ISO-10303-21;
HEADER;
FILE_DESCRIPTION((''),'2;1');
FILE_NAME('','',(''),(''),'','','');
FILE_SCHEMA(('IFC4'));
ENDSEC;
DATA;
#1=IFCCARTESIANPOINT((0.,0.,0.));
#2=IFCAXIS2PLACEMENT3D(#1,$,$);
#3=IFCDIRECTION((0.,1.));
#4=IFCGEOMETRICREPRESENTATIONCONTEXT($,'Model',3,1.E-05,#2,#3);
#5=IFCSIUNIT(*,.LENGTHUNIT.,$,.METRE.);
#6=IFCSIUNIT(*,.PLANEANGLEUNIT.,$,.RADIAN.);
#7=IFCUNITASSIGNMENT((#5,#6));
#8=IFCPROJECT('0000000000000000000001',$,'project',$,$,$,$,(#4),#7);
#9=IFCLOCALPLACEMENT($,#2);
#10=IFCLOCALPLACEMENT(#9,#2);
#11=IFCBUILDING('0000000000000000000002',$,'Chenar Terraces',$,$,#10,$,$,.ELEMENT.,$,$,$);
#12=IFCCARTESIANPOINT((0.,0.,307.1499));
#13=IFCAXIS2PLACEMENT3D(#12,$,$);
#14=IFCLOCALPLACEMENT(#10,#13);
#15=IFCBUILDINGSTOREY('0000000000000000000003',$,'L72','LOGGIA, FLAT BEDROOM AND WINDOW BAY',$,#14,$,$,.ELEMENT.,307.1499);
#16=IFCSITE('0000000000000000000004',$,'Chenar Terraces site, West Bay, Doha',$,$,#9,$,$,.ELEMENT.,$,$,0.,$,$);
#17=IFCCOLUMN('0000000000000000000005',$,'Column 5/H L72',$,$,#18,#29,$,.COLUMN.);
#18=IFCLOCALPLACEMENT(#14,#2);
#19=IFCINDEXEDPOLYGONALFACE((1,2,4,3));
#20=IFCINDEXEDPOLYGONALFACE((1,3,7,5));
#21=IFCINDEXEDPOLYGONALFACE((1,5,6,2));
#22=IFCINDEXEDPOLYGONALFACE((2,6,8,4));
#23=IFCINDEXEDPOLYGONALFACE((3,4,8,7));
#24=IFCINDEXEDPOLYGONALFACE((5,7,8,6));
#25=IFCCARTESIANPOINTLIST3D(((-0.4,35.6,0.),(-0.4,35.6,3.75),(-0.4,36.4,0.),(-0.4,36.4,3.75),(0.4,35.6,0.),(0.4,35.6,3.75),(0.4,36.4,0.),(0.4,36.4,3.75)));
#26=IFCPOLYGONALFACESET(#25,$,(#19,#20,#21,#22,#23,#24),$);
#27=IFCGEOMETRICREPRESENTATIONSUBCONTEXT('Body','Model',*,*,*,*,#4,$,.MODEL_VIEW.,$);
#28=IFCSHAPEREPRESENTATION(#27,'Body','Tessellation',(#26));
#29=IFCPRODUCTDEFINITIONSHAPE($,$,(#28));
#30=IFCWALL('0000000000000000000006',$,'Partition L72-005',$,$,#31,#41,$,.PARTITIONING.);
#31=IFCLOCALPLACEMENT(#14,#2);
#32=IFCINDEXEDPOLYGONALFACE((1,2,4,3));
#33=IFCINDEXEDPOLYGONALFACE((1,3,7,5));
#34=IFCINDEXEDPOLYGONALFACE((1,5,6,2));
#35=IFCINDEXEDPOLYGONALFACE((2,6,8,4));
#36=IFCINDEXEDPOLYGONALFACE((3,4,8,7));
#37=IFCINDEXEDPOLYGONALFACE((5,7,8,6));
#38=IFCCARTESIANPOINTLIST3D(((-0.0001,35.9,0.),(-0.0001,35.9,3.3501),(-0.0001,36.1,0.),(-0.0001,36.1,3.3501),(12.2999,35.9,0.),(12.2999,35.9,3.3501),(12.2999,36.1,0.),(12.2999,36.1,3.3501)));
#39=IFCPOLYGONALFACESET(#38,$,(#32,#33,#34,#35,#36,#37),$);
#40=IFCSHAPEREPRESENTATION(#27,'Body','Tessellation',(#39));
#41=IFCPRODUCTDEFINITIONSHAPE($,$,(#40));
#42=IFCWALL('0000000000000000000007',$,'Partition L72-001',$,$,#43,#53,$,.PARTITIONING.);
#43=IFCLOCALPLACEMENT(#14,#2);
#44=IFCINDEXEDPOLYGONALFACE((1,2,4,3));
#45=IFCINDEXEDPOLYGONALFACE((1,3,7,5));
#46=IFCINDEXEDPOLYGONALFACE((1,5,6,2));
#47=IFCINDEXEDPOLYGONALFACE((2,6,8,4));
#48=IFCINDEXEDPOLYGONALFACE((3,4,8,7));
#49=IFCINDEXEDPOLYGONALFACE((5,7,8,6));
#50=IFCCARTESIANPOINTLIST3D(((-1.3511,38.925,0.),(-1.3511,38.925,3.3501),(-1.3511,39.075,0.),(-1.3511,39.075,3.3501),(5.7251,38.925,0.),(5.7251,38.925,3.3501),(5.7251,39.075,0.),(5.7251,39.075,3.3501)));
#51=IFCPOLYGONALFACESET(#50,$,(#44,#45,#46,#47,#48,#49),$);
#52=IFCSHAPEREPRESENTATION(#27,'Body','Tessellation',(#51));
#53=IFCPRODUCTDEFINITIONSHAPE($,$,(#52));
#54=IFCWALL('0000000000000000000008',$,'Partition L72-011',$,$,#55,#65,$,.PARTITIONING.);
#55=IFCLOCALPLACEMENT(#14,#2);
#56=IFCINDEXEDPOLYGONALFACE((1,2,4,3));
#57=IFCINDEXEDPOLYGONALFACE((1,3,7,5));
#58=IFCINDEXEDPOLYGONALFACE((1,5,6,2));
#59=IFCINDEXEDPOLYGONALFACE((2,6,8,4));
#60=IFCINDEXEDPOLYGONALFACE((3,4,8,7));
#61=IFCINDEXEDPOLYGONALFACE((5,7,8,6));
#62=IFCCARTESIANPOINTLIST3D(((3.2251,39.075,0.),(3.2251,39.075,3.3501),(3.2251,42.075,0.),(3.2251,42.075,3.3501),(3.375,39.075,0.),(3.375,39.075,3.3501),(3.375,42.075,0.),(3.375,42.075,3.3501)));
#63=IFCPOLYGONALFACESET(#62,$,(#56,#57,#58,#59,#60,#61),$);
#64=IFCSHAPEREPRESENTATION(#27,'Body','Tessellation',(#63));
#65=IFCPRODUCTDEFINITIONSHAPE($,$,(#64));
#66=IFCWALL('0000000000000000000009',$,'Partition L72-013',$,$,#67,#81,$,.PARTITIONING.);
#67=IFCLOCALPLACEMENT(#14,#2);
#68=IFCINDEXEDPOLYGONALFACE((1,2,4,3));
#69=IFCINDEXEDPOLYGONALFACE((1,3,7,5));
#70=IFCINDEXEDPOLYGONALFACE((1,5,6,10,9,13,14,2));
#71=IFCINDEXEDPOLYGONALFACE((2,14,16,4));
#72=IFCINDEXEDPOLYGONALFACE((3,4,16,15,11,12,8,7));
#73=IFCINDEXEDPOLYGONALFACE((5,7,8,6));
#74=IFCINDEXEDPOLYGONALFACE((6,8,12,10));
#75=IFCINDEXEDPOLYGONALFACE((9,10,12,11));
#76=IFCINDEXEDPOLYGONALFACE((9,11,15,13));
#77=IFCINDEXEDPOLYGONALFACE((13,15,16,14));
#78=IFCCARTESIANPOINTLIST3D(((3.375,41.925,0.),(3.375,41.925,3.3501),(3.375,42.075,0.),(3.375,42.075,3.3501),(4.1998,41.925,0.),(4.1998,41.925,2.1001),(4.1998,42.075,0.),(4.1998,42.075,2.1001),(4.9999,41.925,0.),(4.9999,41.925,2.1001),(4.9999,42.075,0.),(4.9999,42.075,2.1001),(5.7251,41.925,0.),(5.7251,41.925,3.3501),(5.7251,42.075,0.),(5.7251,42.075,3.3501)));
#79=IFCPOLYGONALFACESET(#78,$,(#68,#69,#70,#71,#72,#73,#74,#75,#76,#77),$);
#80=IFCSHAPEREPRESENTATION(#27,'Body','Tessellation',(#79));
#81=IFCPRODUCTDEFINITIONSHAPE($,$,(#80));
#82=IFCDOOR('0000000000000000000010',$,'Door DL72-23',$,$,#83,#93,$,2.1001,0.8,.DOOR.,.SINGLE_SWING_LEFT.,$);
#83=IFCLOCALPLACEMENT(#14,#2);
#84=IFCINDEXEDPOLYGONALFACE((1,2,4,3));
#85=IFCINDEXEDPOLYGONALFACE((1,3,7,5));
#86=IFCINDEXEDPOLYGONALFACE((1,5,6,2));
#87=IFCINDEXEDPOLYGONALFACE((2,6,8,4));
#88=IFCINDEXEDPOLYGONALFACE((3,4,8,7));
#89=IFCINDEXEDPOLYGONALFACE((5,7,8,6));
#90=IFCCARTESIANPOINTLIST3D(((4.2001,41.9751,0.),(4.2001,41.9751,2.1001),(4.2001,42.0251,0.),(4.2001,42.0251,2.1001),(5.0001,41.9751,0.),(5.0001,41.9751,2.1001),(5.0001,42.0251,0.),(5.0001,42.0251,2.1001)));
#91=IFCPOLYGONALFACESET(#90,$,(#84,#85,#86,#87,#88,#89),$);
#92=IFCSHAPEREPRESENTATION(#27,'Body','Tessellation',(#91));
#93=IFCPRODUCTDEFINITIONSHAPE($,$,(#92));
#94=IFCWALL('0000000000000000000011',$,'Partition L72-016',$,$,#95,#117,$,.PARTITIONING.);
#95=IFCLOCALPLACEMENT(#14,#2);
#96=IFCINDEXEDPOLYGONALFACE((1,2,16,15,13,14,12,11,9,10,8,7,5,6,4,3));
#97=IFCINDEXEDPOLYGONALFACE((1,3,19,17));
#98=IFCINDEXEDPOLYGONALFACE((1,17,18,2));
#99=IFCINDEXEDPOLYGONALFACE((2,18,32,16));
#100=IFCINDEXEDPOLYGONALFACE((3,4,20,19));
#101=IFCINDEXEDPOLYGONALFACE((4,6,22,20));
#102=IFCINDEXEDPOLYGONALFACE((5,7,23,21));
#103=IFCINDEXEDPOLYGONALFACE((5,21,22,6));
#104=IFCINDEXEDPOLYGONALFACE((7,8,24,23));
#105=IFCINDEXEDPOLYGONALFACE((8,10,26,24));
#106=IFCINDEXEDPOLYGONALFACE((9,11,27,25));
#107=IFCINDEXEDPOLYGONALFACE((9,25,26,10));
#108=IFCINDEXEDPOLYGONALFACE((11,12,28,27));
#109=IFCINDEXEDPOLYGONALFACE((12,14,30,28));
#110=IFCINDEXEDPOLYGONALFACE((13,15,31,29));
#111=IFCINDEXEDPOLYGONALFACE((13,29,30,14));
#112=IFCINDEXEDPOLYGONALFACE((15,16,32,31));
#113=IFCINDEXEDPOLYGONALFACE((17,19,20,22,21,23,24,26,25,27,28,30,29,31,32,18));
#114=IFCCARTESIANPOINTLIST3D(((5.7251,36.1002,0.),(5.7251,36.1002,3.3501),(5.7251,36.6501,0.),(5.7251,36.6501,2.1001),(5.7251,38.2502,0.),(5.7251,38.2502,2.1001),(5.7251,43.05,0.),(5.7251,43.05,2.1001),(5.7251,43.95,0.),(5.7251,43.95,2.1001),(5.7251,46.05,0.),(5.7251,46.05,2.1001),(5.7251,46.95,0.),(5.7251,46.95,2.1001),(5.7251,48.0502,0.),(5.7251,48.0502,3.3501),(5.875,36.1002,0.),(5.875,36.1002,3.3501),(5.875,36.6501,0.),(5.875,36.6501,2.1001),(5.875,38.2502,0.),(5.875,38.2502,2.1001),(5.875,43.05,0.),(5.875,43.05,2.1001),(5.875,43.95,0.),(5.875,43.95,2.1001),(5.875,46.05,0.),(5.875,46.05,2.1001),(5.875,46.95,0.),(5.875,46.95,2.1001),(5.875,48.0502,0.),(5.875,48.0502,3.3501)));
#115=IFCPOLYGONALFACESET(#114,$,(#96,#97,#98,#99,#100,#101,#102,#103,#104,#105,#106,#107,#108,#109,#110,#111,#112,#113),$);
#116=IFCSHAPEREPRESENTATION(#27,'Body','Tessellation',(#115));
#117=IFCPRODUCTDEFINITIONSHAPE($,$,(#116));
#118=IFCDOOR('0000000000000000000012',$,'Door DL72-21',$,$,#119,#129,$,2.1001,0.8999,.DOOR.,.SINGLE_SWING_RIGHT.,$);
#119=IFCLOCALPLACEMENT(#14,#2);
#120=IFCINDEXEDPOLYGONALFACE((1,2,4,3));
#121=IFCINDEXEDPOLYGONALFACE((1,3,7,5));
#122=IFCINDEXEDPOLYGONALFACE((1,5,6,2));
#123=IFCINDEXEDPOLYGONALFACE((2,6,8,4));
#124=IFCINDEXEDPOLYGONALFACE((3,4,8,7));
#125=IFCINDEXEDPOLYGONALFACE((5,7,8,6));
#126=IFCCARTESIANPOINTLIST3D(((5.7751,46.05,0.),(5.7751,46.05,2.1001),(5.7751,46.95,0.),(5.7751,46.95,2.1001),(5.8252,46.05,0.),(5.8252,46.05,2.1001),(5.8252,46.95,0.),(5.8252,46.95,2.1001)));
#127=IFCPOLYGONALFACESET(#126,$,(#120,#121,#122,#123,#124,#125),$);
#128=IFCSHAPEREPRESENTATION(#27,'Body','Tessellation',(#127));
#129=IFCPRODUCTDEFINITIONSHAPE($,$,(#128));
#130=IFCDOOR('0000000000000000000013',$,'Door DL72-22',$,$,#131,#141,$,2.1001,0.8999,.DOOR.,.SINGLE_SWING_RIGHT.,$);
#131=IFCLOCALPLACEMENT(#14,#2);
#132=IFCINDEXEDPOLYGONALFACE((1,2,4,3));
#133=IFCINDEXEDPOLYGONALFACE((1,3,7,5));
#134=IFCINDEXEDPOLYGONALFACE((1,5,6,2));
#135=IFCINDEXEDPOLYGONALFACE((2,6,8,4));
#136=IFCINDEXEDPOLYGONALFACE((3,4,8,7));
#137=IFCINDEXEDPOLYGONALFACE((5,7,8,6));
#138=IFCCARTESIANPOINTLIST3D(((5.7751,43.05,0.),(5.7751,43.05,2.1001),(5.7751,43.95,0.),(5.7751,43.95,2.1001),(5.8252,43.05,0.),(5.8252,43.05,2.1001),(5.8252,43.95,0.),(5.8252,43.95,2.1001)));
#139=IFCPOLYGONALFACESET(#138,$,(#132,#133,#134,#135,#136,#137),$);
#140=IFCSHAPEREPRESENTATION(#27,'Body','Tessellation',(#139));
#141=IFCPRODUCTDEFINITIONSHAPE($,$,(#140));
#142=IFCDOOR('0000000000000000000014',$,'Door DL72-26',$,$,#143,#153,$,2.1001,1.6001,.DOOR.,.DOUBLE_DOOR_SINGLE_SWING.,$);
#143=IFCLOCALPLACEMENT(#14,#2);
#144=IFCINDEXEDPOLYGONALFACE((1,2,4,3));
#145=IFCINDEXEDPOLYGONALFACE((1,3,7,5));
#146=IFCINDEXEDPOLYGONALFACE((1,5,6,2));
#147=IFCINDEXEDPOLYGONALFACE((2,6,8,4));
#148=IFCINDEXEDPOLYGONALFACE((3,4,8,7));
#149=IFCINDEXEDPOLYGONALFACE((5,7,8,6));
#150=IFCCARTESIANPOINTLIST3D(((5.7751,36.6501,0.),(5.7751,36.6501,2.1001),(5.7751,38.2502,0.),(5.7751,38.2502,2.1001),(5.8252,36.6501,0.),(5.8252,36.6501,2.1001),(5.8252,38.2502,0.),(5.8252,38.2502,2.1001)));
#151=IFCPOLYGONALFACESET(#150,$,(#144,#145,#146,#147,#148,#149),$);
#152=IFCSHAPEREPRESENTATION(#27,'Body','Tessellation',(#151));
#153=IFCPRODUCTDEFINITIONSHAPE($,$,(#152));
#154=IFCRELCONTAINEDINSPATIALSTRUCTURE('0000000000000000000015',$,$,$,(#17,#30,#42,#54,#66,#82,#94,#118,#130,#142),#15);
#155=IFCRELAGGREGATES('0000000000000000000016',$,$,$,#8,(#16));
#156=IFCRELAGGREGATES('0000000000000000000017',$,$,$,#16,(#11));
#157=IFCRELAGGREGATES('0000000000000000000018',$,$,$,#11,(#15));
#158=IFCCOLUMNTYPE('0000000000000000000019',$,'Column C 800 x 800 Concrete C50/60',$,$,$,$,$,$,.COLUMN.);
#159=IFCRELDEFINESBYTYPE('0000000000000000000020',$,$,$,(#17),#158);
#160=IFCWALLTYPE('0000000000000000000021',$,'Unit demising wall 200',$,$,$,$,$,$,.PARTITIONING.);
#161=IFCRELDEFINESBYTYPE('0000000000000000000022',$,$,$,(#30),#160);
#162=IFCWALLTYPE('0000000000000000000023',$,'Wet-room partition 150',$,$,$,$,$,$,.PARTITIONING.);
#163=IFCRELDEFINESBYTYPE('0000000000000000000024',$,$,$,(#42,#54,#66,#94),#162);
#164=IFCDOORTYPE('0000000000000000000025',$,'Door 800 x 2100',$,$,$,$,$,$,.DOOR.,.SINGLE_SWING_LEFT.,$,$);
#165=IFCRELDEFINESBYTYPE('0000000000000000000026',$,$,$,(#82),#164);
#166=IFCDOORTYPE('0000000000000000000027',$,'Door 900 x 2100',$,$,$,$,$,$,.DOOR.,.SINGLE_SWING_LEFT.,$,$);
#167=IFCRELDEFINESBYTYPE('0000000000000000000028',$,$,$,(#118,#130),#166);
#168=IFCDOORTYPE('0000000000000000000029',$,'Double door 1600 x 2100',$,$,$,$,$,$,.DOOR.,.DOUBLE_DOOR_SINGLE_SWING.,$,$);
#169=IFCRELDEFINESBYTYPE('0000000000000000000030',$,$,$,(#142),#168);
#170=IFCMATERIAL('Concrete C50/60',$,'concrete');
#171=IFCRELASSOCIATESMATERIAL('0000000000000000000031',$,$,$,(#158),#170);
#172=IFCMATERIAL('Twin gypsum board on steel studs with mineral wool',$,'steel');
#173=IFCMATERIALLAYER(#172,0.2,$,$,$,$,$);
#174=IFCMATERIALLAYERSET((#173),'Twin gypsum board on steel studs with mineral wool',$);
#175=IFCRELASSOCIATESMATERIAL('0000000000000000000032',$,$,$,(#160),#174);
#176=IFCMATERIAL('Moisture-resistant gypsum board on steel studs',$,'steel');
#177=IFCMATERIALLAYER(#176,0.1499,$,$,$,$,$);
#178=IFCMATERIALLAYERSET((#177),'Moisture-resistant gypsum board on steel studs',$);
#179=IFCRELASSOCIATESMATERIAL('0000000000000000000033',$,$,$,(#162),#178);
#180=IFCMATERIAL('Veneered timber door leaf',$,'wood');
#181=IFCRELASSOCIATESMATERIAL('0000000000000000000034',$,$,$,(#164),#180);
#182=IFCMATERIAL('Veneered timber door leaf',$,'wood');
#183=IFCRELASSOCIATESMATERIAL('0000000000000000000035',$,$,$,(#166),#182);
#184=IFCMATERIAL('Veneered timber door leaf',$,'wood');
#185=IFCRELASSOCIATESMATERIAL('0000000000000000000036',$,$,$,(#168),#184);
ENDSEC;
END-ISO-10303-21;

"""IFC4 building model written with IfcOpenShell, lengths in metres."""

from ifc_helpers import new_model, si_unit, direction, frame, frame_2d, origin, origin_2d, place, context, subcontext, project, spatial, rectangle, extrude, material, layer, layer_set, material_profile, profile_set, type_object, element, fill, save


model = new_model("IFC4")

# Units and contexts
model_context = context("Model", 3, precision=1e-05, world=origin(), true_north=direction((0.0, 1.0)))
body_context = subcontext(model_context, "Body", "Model", "MODEL_VIEW")
ifc_project = project(units=[si_unit("LENGTHUNIT", "METRE"), si_unit("PLANEANGLEUNIT", "RADIAN")], contexts=[model_context])

# Site, building, storey
site_placement = place(None, origin())
site = spatial("IfcSite", under=ifc_project, at=site_placement, Name="Chenar Terraces site, West Bay, Doha", CompositionType="ELEMENT", RefElevation=0.0)
building_placement = place(site_placement, origin())
building = spatial("IfcBuilding", under=site, at=building_placement, Name="Chenar Terraces", CompositionType="ELEMENT")
storey_placement = place(building_placement, frame((0.0, 0.0, 307.1499)))
storey = spatial("IfcBuildingStorey", under=building, at=storey_placement, Name="L72", Description="LOGGIA, FLAT BEDROOM AND WINDOW BAY", CompositionType="ELEMENT", Elevation=307.1499)

# Column
ifc_material_1 = material(Name="Concrete C50/60", Category="concrete")
ifc_material_profile = material_profile(ifc_material_1, rectangle(XDim=0.8, YDim=0.8, at=origin_2d()), Name="C 800 x 800")
ifc_profile_set = profile_set([ifc_material_profile], Name="Concrete C50/60")
column_type = type_object("IfcColumnType", Name="Column C 800 x 800 Concrete C50/60", PredefinedType="COLUMN", material=ifc_profile_set)
placement = place(storey_placement, frame((0.0, 36.0, 0.0), z_axis=(0.0, 0.0, 1.0), x_axis=(1.0, 0.0, 0.0)))
element("IfcColumn", 1, at=placement, inside=storey, type_object=column_type, Name="Column 5/H L72", PredefinedType="COLUMN", context=body_context, shape_type="SweptSolid", body=[
    extrude(rectangle(XDim=0.8, YDim=0.8, at=origin_2d()), origin(), (0.0, 0.0, 1.0), 3.75),
])

# Walls
ifc_material_2 = material(Name="Twin gypsum board on steel studs with mineral wool", Category="steel")
ifc_layer_1 = layer(ifc_material_2, 0.2)
ifc_layer_set_1 = layer_set([ifc_layer_1], Name="Twin gypsum board on steel studs with mineral wool")
wall_type_1 = type_object("IfcWallType", Name="Unit demising wall 200", PredefinedType="PARTITIONING", material=ifc_layer_set_1)
element("IfcWall", 2, at=placement, inside=storey, type_object=wall_type_1, Name="Partition L72-005", PredefinedType="PARTITIONING", context=body_context, shape_type="SweptSolid", body=[
    extrude(rectangle(XDim=12.3, YDim=0.2, at=frame_2d((6.1499, 0.0))), origin(), (0.0, 0.0, 1.0), 3.3501),
])
ifc_material_3 = material(Name="Moisture-resistant gypsum board on steel studs", Category="steel")
ifc_layer_2 = layer(ifc_material_3, 0.1499)
ifc_layer_set_2 = layer_set([ifc_layer_2], Name="Moisture-resistant gypsum board on steel studs")
wall_type_2 = type_object("IfcWallType", Name="Wet-room partition 150", PredefinedType="PARTITIONING", material=ifc_layer_set_2)
wall_1_placement = place(storey_placement, frame((-1.3511, 39.0, 0.0), z_axis=(0.0, 0.0, 1.0), x_axis=(1.0, 0.0, 0.0)))
element("IfcWall", 3, at=wall_1_placement, inside=storey, type_object=wall_type_2, Name="Partition L72-001", PredefinedType="PARTITIONING", context=body_context, shape_type="SweptSolid", body=[
    extrude(rectangle(XDim=7.0762, YDim=0.1499, at=frame_2d((3.5381, 0.0))), origin(), (0.0, 0.0, 1.0), 3.3501),
])
wall_2_placement = place(storey_placement, frame((3.3, 39.075, 0.0), z_axis=(0.0, 0.0, 1.0), x_axis=(0.0, 1.0, 0.0)))
element("IfcWall", 4, at=wall_2_placement, inside=storey, type_object=wall_type_2, Name="Partition L72-011", PredefinedType="PARTITIONING", context=body_context, shape_type="SweptSolid", body=[
    extrude(rectangle(XDim=3.0, YDim=0.1499, at=frame_2d((1.5, 0.0))), origin(), (0.0, 0.0, 1.0), 3.3501),
])

# Wall, opening, door
wall_3_placement = place(storey_placement, frame((3.375, 42.0, 0.0), z_axis=(0.0, 0.0, 1.0), x_axis=(1.0, 0.0, 0.0)))
wall_3 = element("IfcWall", 5, at=wall_3_placement, inside=storey, type_object=wall_type_2, Name="Partition L72-013", PredefinedType="PARTITIONING", context=body_context, shape_type="SweptSolid", body=[
    extrude(rectangle(XDim=2.3501, YDim=0.1499, at=frame_2d((1.175, 0.0))), origin(), (0.0, 0.0, 1.0), 3.3501),
])
opening_1_placement = place(wall_3_placement, frame((0.825, 0.0, 0.0)))
opening_1 = element("IfcOpeningElement", 6, at=opening_1_placement, cuts=wall_3, PredefinedType="OPENING", context=body_context, shape_type="SweptSolid", body=[
    extrude(rectangle(XDim=0.8, YDim=2.1001, at=frame_2d((0.3999, 1.05))), frame((0.0, 0.085, 0.0), z_axis=(0.0, -1.0, 0.0), x_axis=(1.0, 0.0, 0.0)), (0.0, 0.0, 1.0), 0.1699),
])
ifc_material_4 = material(Name="Veneered timber door leaf", Category="wood")
door_type_1 = type_object("IfcDoorType", Name="Door 800 x 2100", OperationType="SINGLE_SWING_LEFT", PredefinedType="DOOR", material=ifc_material_4)
door_1_placement = place(opening_1_placement, frame((0.8, 0.0, 0.0), z_axis=(0.0, 0.0, 1.0), x_axis=(-1.0, 0.0, 0.0)))
door_1 = element("IfcDoor", 7, at=door_1_placement, inside=storey, type_object=door_type_1, Name="Door DL72-23", OperationType="SINGLE_SWING_LEFT", OverallHeight=2.1001, OverallWidth=0.8, PredefinedType="DOOR", context=body_context, shape_type="SweptSolid", body=[
    extrude(rectangle(XDim=0.8, YDim=2.1001, at=frame_2d((0.3999, 1.05))), frame((0.0, 0.0249, 0.0), z_axis=(0.0, -1.0, 0.0), x_axis=(1.0, 0.0, 0.0)), (0.0, 0.0, 1.0), 0.05),
])
fill(opening_1, door_1)

# Wall, openings, doors
wall_4_placement = place(storey_placement, frame((5.8, 36.1001, 0.0), z_axis=(0.0, 0.0, 1.0), x_axis=(0.0, 1.0, 0.0)))
wall_4 = element("IfcWall", 8, at=wall_4_placement, inside=storey, type_object=wall_type_2, Name="Partition L72-016", PredefinedType="PARTITIONING", context=body_context, shape_type="SweptSolid", body=[
    extrude(rectangle(XDim=11.95, YDim=0.1499, at=frame_2d((5.9751, 0.0))), origin(), (0.0, 0.0, 1.0), 3.3501),
])
opening_2_placement = place(wall_4_placement, frame((9.95, 0.0, 0.0)))
opening_2 = element("IfcOpeningElement", 9, at=opening_2_placement, cuts=wall_4, PredefinedType="OPENING", context=body_context, shape_type="SweptSolid", body=[
    extrude(rectangle(XDim=0.8999, YDim=2.1001, at=frame_2d((0.45, 1.05))), frame((0.0, 0.085, 0.0), z_axis=(0.0, -1.0, 0.0), x_axis=(1.0, 0.0, 0.0)), (0.0, 0.0, 1.0), 0.1699),
])
opening_3_placement = place(wall_4_placement, frame((6.95, 0.0, 0.0)))
opening_3 = element("IfcOpeningElement", 10, at=opening_3_placement, cuts=wall_4, PredefinedType="OPENING", context=body_context, shape_type="SweptSolid", body=[
    extrude(rectangle(XDim=0.8999, YDim=2.1001, at=frame_2d((0.45, 1.05))), frame((0.0, 0.085, 0.0), z_axis=(0.0, -1.0, 0.0), x_axis=(1.0, 0.0, 0.0)), (0.0, 0.0, 1.0), 0.1699),
])
opening_4_placement = place(wall_4_placement, frame((0.55, 0.0, 0.0)))
opening_4 = element("IfcOpeningElement", 11, at=opening_4_placement, cuts=wall_4, PredefinedType="OPENING", context=body_context, shape_type="SweptSolid", body=[
    extrude(rectangle(XDim=1.6001, YDim=2.1001, at=frame_2d((0.8, 1.05))), frame((0.0, 0.085, 0.0), z_axis=(0.0, -1.0, 0.0), x_axis=(1.0, 0.0, 0.0)), (0.0, 0.0, 1.0), 0.1699),
])
ifc_material_5 = material(Name="Veneered timber door leaf", Category="wood")
door_type_2 = type_object("IfcDoorType", Name="Door 900 x 2100", OperationType="SINGLE_SWING_LEFT", PredefinedType="DOOR", material=ifc_material_5)
door_2_placement = place(opening_2_placement, origin())
door_2 = element("IfcDoor", 12, at=door_2_placement, inside=storey, type_object=door_type_2, Name="Door DL72-21", OperationType="SINGLE_SWING_RIGHT", OverallHeight=2.1001, OverallWidth=0.8999, PredefinedType="DOOR", context=body_context, shape_type="SweptSolid", body=[
    extrude(rectangle(XDim=0.8999, YDim=2.1001, at=frame_2d((0.45, 1.05))), frame((0.0, 0.0249, 0.0), z_axis=(0.0, -1.0, 0.0), x_axis=(1.0, 0.0, 0.0)), (0.0, 0.0, 1.0), 0.05),
])
fill(opening_2, door_2)
door_3_placement = place(opening_3_placement, origin())
door_3 = element("IfcDoor", 13, at=door_3_placement, inside=storey, type_object=door_type_2, Name="Door DL72-22", OperationType="SINGLE_SWING_RIGHT", OverallHeight=2.1001, OverallWidth=0.8999, PredefinedType="DOOR", context=body_context, shape_type="SweptSolid", body=[
    extrude(rectangle(XDim=0.8999, YDim=2.1001, at=frame_2d((0.45, 1.05))), frame((0.0, 0.0249, 0.0), z_axis=(0.0, -1.0, 0.0), x_axis=(1.0, 0.0, 0.0)), (0.0, 0.0, 1.0), 0.05),
])
fill(opening_3, door_3)
ifc_material_6 = material(Name="Veneered timber door leaf", Category="wood")
door_type_3 = type_object("IfcDoorType", Name="Double door 1600 x 2100", OperationType="DOUBLE_DOOR_SINGLE_SWING", PredefinedType="DOOR", material=ifc_material_6)
door_4_placement = place(opening_4_placement, origin())
door_4 = element("IfcDoor", 14, at=door_4_placement, inside=storey, type_object=door_type_3, Name="Door DL72-26", OperationType="DOUBLE_DOOR_SINGLE_SWING", OverallHeight=2.1001, OverallWidth=1.6001, PredefinedType="DOOR", context=body_context, shape_type="SweptSolid", body=[
    extrude(rectangle(XDim=1.6001, YDim=2.1001, at=frame_2d((0.8, 1.05))), frame((0.0, 0.0249, 0.0), z_axis=(0.0, -1.0, 0.0), x_axis=(1.0, 0.0, 0.0)), (0.0, 0.0, 1.0), 0.05),
])
fill(opening_4, door_4)

save(model, "model.ifc")
